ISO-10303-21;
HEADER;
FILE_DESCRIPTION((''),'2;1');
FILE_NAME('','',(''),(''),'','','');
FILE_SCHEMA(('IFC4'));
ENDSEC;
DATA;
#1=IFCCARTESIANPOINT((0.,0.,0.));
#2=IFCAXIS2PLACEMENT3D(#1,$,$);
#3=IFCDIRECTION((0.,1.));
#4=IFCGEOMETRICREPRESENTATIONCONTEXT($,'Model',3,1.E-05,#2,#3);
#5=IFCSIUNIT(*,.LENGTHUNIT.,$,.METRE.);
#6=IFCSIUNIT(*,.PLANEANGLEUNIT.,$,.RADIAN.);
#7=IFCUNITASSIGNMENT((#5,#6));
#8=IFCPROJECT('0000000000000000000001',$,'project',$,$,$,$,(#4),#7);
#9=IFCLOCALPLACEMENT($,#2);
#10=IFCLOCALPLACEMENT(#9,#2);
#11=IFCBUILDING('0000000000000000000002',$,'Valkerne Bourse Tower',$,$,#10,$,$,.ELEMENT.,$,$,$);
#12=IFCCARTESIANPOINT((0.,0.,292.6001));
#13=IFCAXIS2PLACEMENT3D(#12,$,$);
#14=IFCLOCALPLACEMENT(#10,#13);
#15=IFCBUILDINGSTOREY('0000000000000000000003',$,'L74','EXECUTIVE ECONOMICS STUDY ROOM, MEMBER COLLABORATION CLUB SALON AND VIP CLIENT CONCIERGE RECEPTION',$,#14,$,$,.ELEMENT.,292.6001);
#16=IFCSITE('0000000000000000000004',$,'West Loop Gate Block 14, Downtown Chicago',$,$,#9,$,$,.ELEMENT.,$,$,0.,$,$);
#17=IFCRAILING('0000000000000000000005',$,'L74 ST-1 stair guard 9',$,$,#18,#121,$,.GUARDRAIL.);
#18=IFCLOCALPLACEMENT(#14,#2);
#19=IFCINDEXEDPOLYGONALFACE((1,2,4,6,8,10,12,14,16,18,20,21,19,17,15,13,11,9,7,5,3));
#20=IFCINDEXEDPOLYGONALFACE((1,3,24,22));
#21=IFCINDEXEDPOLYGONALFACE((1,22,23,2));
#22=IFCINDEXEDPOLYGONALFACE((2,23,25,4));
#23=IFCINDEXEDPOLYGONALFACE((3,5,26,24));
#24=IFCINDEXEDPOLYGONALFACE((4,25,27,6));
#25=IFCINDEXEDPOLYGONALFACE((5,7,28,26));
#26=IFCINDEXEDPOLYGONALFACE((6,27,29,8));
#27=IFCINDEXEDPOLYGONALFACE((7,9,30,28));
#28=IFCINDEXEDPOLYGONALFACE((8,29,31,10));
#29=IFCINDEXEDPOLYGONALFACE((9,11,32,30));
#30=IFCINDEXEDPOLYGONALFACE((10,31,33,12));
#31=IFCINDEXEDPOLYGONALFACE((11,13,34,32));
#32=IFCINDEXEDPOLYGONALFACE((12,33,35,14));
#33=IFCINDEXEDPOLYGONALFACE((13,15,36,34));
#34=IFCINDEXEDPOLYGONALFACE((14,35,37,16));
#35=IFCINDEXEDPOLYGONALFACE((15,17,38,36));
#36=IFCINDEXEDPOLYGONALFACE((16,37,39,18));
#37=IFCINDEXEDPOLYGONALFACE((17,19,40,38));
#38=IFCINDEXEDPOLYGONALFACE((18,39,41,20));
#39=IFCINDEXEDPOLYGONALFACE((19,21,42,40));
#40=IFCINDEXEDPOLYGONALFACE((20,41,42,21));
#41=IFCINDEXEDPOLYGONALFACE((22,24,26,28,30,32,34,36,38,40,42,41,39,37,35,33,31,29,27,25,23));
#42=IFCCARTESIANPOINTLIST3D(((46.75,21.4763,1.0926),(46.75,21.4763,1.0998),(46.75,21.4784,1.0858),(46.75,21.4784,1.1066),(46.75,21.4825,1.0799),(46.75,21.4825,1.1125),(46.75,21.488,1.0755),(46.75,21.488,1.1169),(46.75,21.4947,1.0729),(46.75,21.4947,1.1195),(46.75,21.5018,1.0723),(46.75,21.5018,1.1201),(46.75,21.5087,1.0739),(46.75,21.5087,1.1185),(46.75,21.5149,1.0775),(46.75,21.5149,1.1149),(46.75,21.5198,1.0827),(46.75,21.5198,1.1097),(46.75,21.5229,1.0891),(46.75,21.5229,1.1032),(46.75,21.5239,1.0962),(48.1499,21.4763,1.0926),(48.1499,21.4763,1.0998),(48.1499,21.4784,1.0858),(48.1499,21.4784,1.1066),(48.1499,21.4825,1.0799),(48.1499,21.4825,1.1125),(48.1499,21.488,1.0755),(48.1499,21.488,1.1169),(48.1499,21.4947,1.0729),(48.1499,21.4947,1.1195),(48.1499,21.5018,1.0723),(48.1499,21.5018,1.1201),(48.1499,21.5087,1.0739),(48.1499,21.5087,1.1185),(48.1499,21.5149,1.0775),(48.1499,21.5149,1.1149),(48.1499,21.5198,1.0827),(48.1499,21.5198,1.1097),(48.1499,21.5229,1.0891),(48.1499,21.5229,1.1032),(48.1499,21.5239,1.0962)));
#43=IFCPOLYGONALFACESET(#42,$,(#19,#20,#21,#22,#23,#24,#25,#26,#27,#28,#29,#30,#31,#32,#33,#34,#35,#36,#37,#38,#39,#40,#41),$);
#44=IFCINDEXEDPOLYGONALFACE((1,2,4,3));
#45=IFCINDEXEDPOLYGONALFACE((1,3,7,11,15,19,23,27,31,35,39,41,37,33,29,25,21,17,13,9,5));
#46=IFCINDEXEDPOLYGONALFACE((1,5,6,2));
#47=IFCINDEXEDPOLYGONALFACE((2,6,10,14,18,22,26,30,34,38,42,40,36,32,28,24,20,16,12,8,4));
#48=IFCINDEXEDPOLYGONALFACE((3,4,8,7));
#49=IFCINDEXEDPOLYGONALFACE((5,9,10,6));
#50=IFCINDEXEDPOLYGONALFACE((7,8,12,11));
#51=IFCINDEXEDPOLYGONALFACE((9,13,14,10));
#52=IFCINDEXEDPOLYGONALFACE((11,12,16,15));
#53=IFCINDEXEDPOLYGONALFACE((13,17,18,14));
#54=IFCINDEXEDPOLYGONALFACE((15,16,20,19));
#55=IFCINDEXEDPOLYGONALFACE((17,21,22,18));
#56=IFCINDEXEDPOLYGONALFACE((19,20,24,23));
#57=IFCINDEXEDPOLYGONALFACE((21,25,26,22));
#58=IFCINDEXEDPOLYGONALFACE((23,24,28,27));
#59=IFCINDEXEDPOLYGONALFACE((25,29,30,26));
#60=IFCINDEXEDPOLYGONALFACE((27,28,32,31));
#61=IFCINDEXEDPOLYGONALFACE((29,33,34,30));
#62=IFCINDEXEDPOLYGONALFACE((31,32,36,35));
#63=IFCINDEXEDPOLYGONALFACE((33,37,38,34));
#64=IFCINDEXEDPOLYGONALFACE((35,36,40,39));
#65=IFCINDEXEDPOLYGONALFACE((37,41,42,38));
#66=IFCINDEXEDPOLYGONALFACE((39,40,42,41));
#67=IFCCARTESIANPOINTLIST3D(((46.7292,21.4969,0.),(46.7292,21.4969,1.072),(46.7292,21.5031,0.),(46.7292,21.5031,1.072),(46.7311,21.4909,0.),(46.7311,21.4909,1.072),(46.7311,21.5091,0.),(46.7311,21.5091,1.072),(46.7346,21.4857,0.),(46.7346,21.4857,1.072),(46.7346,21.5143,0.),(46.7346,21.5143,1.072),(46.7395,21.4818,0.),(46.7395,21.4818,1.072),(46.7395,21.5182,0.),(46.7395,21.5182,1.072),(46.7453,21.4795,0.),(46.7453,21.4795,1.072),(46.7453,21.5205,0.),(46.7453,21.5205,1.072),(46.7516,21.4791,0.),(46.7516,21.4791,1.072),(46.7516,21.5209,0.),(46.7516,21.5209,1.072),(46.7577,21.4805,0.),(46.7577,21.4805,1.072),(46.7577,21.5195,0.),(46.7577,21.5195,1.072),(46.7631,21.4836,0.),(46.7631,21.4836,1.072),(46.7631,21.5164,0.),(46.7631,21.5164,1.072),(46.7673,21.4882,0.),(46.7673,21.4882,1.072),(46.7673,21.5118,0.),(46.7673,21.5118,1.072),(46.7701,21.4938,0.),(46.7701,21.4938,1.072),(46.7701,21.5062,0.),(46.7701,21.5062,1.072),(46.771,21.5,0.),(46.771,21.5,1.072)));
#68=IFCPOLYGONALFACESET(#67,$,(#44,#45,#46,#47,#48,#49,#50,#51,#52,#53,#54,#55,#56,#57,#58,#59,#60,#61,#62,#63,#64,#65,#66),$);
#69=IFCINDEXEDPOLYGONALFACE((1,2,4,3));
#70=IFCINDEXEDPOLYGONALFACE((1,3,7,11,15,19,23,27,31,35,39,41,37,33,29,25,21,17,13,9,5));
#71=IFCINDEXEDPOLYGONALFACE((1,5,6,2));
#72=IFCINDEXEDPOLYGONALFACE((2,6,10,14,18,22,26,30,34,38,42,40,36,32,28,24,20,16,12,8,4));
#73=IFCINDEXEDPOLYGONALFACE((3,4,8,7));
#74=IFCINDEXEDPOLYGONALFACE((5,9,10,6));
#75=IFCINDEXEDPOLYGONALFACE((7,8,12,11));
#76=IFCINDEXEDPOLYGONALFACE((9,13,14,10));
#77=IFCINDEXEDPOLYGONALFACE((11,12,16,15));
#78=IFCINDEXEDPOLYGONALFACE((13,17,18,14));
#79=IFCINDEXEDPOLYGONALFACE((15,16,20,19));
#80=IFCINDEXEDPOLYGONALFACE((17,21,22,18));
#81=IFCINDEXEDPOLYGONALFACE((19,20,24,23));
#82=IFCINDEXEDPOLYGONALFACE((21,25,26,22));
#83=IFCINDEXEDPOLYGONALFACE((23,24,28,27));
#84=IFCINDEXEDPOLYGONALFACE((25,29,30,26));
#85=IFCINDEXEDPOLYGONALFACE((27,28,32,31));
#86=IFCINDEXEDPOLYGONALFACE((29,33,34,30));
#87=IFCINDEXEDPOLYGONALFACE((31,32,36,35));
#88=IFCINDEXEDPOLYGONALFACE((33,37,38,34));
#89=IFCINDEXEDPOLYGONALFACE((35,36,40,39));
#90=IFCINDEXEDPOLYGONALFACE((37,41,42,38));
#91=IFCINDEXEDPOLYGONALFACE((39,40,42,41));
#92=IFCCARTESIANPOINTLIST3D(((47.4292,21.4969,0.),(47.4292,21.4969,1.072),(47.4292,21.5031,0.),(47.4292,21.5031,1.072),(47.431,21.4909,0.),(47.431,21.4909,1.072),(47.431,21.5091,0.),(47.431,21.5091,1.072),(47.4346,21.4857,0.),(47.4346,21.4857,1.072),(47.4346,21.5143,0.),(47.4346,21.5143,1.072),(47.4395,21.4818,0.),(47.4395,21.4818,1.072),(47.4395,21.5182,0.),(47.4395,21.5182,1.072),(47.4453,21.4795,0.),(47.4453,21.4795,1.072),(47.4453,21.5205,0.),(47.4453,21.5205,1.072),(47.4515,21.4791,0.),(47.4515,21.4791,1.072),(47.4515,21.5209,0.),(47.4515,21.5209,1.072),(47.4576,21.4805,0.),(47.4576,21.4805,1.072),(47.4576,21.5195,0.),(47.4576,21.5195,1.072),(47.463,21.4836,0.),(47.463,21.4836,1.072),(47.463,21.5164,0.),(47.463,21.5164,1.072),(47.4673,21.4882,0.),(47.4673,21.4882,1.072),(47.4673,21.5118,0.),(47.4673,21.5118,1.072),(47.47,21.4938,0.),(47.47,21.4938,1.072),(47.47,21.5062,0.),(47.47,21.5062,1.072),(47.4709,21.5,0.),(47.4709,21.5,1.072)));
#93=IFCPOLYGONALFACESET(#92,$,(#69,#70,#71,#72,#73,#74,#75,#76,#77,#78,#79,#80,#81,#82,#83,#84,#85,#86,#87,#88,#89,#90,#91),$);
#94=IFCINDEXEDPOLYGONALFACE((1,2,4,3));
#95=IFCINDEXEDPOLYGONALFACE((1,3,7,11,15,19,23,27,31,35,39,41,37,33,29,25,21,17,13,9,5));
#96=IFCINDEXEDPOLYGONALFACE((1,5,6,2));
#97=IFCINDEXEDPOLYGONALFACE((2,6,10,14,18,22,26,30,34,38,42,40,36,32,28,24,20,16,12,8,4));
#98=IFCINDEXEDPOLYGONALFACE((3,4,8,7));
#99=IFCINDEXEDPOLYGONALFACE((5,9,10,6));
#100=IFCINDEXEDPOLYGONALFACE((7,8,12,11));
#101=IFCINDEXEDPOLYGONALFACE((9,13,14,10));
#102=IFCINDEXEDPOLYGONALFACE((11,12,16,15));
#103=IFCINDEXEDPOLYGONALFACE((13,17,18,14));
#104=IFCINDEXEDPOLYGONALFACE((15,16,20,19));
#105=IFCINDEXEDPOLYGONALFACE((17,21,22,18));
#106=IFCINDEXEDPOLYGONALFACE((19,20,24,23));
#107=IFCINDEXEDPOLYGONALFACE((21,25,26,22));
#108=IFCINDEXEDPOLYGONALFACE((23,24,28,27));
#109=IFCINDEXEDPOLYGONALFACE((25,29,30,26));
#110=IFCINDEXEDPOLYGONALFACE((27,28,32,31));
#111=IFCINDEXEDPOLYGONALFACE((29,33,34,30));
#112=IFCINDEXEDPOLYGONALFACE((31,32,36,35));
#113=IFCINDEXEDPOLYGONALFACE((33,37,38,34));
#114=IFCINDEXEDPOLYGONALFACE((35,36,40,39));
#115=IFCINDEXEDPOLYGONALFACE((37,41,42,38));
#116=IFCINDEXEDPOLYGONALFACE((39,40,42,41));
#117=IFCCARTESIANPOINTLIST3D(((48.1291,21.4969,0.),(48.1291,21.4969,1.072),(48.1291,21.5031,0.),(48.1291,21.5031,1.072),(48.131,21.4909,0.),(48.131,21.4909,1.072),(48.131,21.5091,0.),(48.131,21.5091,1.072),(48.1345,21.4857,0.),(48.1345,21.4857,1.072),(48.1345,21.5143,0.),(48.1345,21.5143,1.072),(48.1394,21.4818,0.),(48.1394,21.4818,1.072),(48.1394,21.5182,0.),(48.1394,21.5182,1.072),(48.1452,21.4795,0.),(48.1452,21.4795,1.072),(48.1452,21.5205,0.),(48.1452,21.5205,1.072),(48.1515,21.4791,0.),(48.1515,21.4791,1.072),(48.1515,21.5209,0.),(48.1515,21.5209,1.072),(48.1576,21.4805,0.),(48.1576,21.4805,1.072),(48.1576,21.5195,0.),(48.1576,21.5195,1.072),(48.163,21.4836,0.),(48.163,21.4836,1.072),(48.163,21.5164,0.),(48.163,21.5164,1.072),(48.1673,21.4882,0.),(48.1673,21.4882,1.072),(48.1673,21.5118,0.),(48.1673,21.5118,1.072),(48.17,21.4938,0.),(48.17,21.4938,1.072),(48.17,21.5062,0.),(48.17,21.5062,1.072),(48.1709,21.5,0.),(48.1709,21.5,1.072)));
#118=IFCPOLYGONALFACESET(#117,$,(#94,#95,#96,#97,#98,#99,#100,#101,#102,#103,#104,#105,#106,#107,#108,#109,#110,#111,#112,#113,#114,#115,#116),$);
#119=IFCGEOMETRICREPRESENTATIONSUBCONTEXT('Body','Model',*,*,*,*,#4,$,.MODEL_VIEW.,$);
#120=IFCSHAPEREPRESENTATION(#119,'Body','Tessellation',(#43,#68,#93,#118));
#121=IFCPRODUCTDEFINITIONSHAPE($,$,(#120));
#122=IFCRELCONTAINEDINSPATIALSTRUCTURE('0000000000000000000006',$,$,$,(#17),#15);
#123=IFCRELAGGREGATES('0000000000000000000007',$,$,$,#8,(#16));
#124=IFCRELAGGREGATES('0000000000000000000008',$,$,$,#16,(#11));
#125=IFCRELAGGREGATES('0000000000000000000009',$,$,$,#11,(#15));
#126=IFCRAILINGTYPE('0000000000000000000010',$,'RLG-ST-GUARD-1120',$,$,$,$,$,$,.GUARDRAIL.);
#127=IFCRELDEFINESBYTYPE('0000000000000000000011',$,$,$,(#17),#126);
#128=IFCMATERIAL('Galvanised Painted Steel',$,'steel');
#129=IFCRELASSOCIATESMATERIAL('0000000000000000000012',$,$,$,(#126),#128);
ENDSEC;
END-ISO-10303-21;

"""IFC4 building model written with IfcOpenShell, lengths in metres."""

from ifc_helpers import new_model, si_unit, direction, frame, origin, origin_2d, place, context, subcontext, project, spatial, circle, extrude, material, type_object, element, save


model = new_model("IFC4")

# Units and contexts
model_context = context("Model", 3, precision=1e-05, world=origin(), true_north=direction((0.0, 1.0)))
body_context = subcontext(model_context, "Body", "Model", "MODEL_VIEW")
ifc_project = project(units=[si_unit("LENGTHUNIT", "METRE"), si_unit("PLANEANGLEUNIT", "RADIAN")], contexts=[model_context])

# Site, building, storey
site_placement = place(None, origin())
site = spatial("IfcSite", under=ifc_project, at=site_placement, Name="West Loop Gate Block 14, Downtown Chicago", CompositionType="ELEMENT", RefElevation=0.0)
building_placement = place(site_placement, origin())
building = spatial("IfcBuilding", under=site, at=building_placement, Name="Valkerne Bourse Tower", CompositionType="ELEMENT")
storey_placement = place(building_placement, frame((0.0, 0.0, 292.6001)))
storey = spatial("IfcBuildingStorey", under=building, at=storey_placement, Name="L74", Description="EXECUTIVE ECONOMICS STUDY ROOM, MEMBER COLLABORATION CLUB SALON AND VIP CLIENT CONCIERGE RECEPTION", CompositionType="ELEMENT", Elevation=292.6001)

# Shared definitions
ifc_material_1 = material(Name="Galvanised Painted Steel", Category="steel")

# Railing
railing_type_1 = type_object("IfcRailingType", Name="RLG-ST-GUARD-1120", PredefinedType="GUARDRAIL", material=ifc_material_1)
for number, where, name in (
    (1, (46.75, 21.5, 0.0), "L74 ST-1 stair guard 9"),
):
    element("IfcRailing", number, at=place(storey_placement, frame(where)), inside=storey, type_object=railing_type_1, Name=name, PredefinedType="GUARDRAIL", context=body_context, shape_type="SweptSolid", body=[
        extrude(circle(Radius=0.0239, at=origin_2d()), frame((0.0, 0.0, 1.0962), z_axis=(1.0, 0.0, 0.0), x_axis=(0.0, 1.0, 0.0)), (0.0, 0.0, 1.0), 1.3999),
        extrude(circle(Radius=0.021, at=origin_2d()), origin(), (0.0, 0.0, 1.0), 1.072),
        extrude(circle(Radius=0.021, at=origin_2d()), frame((0.7, 0.0, 0.0)), (0.0, 0.0, 1.0), 1.072),
        extrude(circle(Radius=0.021, at=origin_2d()), frame((1.3999, 0.0, 0.0)), (0.0, 0.0, 1.0), 1.072),
    ])

save(model, "model.ifc")
